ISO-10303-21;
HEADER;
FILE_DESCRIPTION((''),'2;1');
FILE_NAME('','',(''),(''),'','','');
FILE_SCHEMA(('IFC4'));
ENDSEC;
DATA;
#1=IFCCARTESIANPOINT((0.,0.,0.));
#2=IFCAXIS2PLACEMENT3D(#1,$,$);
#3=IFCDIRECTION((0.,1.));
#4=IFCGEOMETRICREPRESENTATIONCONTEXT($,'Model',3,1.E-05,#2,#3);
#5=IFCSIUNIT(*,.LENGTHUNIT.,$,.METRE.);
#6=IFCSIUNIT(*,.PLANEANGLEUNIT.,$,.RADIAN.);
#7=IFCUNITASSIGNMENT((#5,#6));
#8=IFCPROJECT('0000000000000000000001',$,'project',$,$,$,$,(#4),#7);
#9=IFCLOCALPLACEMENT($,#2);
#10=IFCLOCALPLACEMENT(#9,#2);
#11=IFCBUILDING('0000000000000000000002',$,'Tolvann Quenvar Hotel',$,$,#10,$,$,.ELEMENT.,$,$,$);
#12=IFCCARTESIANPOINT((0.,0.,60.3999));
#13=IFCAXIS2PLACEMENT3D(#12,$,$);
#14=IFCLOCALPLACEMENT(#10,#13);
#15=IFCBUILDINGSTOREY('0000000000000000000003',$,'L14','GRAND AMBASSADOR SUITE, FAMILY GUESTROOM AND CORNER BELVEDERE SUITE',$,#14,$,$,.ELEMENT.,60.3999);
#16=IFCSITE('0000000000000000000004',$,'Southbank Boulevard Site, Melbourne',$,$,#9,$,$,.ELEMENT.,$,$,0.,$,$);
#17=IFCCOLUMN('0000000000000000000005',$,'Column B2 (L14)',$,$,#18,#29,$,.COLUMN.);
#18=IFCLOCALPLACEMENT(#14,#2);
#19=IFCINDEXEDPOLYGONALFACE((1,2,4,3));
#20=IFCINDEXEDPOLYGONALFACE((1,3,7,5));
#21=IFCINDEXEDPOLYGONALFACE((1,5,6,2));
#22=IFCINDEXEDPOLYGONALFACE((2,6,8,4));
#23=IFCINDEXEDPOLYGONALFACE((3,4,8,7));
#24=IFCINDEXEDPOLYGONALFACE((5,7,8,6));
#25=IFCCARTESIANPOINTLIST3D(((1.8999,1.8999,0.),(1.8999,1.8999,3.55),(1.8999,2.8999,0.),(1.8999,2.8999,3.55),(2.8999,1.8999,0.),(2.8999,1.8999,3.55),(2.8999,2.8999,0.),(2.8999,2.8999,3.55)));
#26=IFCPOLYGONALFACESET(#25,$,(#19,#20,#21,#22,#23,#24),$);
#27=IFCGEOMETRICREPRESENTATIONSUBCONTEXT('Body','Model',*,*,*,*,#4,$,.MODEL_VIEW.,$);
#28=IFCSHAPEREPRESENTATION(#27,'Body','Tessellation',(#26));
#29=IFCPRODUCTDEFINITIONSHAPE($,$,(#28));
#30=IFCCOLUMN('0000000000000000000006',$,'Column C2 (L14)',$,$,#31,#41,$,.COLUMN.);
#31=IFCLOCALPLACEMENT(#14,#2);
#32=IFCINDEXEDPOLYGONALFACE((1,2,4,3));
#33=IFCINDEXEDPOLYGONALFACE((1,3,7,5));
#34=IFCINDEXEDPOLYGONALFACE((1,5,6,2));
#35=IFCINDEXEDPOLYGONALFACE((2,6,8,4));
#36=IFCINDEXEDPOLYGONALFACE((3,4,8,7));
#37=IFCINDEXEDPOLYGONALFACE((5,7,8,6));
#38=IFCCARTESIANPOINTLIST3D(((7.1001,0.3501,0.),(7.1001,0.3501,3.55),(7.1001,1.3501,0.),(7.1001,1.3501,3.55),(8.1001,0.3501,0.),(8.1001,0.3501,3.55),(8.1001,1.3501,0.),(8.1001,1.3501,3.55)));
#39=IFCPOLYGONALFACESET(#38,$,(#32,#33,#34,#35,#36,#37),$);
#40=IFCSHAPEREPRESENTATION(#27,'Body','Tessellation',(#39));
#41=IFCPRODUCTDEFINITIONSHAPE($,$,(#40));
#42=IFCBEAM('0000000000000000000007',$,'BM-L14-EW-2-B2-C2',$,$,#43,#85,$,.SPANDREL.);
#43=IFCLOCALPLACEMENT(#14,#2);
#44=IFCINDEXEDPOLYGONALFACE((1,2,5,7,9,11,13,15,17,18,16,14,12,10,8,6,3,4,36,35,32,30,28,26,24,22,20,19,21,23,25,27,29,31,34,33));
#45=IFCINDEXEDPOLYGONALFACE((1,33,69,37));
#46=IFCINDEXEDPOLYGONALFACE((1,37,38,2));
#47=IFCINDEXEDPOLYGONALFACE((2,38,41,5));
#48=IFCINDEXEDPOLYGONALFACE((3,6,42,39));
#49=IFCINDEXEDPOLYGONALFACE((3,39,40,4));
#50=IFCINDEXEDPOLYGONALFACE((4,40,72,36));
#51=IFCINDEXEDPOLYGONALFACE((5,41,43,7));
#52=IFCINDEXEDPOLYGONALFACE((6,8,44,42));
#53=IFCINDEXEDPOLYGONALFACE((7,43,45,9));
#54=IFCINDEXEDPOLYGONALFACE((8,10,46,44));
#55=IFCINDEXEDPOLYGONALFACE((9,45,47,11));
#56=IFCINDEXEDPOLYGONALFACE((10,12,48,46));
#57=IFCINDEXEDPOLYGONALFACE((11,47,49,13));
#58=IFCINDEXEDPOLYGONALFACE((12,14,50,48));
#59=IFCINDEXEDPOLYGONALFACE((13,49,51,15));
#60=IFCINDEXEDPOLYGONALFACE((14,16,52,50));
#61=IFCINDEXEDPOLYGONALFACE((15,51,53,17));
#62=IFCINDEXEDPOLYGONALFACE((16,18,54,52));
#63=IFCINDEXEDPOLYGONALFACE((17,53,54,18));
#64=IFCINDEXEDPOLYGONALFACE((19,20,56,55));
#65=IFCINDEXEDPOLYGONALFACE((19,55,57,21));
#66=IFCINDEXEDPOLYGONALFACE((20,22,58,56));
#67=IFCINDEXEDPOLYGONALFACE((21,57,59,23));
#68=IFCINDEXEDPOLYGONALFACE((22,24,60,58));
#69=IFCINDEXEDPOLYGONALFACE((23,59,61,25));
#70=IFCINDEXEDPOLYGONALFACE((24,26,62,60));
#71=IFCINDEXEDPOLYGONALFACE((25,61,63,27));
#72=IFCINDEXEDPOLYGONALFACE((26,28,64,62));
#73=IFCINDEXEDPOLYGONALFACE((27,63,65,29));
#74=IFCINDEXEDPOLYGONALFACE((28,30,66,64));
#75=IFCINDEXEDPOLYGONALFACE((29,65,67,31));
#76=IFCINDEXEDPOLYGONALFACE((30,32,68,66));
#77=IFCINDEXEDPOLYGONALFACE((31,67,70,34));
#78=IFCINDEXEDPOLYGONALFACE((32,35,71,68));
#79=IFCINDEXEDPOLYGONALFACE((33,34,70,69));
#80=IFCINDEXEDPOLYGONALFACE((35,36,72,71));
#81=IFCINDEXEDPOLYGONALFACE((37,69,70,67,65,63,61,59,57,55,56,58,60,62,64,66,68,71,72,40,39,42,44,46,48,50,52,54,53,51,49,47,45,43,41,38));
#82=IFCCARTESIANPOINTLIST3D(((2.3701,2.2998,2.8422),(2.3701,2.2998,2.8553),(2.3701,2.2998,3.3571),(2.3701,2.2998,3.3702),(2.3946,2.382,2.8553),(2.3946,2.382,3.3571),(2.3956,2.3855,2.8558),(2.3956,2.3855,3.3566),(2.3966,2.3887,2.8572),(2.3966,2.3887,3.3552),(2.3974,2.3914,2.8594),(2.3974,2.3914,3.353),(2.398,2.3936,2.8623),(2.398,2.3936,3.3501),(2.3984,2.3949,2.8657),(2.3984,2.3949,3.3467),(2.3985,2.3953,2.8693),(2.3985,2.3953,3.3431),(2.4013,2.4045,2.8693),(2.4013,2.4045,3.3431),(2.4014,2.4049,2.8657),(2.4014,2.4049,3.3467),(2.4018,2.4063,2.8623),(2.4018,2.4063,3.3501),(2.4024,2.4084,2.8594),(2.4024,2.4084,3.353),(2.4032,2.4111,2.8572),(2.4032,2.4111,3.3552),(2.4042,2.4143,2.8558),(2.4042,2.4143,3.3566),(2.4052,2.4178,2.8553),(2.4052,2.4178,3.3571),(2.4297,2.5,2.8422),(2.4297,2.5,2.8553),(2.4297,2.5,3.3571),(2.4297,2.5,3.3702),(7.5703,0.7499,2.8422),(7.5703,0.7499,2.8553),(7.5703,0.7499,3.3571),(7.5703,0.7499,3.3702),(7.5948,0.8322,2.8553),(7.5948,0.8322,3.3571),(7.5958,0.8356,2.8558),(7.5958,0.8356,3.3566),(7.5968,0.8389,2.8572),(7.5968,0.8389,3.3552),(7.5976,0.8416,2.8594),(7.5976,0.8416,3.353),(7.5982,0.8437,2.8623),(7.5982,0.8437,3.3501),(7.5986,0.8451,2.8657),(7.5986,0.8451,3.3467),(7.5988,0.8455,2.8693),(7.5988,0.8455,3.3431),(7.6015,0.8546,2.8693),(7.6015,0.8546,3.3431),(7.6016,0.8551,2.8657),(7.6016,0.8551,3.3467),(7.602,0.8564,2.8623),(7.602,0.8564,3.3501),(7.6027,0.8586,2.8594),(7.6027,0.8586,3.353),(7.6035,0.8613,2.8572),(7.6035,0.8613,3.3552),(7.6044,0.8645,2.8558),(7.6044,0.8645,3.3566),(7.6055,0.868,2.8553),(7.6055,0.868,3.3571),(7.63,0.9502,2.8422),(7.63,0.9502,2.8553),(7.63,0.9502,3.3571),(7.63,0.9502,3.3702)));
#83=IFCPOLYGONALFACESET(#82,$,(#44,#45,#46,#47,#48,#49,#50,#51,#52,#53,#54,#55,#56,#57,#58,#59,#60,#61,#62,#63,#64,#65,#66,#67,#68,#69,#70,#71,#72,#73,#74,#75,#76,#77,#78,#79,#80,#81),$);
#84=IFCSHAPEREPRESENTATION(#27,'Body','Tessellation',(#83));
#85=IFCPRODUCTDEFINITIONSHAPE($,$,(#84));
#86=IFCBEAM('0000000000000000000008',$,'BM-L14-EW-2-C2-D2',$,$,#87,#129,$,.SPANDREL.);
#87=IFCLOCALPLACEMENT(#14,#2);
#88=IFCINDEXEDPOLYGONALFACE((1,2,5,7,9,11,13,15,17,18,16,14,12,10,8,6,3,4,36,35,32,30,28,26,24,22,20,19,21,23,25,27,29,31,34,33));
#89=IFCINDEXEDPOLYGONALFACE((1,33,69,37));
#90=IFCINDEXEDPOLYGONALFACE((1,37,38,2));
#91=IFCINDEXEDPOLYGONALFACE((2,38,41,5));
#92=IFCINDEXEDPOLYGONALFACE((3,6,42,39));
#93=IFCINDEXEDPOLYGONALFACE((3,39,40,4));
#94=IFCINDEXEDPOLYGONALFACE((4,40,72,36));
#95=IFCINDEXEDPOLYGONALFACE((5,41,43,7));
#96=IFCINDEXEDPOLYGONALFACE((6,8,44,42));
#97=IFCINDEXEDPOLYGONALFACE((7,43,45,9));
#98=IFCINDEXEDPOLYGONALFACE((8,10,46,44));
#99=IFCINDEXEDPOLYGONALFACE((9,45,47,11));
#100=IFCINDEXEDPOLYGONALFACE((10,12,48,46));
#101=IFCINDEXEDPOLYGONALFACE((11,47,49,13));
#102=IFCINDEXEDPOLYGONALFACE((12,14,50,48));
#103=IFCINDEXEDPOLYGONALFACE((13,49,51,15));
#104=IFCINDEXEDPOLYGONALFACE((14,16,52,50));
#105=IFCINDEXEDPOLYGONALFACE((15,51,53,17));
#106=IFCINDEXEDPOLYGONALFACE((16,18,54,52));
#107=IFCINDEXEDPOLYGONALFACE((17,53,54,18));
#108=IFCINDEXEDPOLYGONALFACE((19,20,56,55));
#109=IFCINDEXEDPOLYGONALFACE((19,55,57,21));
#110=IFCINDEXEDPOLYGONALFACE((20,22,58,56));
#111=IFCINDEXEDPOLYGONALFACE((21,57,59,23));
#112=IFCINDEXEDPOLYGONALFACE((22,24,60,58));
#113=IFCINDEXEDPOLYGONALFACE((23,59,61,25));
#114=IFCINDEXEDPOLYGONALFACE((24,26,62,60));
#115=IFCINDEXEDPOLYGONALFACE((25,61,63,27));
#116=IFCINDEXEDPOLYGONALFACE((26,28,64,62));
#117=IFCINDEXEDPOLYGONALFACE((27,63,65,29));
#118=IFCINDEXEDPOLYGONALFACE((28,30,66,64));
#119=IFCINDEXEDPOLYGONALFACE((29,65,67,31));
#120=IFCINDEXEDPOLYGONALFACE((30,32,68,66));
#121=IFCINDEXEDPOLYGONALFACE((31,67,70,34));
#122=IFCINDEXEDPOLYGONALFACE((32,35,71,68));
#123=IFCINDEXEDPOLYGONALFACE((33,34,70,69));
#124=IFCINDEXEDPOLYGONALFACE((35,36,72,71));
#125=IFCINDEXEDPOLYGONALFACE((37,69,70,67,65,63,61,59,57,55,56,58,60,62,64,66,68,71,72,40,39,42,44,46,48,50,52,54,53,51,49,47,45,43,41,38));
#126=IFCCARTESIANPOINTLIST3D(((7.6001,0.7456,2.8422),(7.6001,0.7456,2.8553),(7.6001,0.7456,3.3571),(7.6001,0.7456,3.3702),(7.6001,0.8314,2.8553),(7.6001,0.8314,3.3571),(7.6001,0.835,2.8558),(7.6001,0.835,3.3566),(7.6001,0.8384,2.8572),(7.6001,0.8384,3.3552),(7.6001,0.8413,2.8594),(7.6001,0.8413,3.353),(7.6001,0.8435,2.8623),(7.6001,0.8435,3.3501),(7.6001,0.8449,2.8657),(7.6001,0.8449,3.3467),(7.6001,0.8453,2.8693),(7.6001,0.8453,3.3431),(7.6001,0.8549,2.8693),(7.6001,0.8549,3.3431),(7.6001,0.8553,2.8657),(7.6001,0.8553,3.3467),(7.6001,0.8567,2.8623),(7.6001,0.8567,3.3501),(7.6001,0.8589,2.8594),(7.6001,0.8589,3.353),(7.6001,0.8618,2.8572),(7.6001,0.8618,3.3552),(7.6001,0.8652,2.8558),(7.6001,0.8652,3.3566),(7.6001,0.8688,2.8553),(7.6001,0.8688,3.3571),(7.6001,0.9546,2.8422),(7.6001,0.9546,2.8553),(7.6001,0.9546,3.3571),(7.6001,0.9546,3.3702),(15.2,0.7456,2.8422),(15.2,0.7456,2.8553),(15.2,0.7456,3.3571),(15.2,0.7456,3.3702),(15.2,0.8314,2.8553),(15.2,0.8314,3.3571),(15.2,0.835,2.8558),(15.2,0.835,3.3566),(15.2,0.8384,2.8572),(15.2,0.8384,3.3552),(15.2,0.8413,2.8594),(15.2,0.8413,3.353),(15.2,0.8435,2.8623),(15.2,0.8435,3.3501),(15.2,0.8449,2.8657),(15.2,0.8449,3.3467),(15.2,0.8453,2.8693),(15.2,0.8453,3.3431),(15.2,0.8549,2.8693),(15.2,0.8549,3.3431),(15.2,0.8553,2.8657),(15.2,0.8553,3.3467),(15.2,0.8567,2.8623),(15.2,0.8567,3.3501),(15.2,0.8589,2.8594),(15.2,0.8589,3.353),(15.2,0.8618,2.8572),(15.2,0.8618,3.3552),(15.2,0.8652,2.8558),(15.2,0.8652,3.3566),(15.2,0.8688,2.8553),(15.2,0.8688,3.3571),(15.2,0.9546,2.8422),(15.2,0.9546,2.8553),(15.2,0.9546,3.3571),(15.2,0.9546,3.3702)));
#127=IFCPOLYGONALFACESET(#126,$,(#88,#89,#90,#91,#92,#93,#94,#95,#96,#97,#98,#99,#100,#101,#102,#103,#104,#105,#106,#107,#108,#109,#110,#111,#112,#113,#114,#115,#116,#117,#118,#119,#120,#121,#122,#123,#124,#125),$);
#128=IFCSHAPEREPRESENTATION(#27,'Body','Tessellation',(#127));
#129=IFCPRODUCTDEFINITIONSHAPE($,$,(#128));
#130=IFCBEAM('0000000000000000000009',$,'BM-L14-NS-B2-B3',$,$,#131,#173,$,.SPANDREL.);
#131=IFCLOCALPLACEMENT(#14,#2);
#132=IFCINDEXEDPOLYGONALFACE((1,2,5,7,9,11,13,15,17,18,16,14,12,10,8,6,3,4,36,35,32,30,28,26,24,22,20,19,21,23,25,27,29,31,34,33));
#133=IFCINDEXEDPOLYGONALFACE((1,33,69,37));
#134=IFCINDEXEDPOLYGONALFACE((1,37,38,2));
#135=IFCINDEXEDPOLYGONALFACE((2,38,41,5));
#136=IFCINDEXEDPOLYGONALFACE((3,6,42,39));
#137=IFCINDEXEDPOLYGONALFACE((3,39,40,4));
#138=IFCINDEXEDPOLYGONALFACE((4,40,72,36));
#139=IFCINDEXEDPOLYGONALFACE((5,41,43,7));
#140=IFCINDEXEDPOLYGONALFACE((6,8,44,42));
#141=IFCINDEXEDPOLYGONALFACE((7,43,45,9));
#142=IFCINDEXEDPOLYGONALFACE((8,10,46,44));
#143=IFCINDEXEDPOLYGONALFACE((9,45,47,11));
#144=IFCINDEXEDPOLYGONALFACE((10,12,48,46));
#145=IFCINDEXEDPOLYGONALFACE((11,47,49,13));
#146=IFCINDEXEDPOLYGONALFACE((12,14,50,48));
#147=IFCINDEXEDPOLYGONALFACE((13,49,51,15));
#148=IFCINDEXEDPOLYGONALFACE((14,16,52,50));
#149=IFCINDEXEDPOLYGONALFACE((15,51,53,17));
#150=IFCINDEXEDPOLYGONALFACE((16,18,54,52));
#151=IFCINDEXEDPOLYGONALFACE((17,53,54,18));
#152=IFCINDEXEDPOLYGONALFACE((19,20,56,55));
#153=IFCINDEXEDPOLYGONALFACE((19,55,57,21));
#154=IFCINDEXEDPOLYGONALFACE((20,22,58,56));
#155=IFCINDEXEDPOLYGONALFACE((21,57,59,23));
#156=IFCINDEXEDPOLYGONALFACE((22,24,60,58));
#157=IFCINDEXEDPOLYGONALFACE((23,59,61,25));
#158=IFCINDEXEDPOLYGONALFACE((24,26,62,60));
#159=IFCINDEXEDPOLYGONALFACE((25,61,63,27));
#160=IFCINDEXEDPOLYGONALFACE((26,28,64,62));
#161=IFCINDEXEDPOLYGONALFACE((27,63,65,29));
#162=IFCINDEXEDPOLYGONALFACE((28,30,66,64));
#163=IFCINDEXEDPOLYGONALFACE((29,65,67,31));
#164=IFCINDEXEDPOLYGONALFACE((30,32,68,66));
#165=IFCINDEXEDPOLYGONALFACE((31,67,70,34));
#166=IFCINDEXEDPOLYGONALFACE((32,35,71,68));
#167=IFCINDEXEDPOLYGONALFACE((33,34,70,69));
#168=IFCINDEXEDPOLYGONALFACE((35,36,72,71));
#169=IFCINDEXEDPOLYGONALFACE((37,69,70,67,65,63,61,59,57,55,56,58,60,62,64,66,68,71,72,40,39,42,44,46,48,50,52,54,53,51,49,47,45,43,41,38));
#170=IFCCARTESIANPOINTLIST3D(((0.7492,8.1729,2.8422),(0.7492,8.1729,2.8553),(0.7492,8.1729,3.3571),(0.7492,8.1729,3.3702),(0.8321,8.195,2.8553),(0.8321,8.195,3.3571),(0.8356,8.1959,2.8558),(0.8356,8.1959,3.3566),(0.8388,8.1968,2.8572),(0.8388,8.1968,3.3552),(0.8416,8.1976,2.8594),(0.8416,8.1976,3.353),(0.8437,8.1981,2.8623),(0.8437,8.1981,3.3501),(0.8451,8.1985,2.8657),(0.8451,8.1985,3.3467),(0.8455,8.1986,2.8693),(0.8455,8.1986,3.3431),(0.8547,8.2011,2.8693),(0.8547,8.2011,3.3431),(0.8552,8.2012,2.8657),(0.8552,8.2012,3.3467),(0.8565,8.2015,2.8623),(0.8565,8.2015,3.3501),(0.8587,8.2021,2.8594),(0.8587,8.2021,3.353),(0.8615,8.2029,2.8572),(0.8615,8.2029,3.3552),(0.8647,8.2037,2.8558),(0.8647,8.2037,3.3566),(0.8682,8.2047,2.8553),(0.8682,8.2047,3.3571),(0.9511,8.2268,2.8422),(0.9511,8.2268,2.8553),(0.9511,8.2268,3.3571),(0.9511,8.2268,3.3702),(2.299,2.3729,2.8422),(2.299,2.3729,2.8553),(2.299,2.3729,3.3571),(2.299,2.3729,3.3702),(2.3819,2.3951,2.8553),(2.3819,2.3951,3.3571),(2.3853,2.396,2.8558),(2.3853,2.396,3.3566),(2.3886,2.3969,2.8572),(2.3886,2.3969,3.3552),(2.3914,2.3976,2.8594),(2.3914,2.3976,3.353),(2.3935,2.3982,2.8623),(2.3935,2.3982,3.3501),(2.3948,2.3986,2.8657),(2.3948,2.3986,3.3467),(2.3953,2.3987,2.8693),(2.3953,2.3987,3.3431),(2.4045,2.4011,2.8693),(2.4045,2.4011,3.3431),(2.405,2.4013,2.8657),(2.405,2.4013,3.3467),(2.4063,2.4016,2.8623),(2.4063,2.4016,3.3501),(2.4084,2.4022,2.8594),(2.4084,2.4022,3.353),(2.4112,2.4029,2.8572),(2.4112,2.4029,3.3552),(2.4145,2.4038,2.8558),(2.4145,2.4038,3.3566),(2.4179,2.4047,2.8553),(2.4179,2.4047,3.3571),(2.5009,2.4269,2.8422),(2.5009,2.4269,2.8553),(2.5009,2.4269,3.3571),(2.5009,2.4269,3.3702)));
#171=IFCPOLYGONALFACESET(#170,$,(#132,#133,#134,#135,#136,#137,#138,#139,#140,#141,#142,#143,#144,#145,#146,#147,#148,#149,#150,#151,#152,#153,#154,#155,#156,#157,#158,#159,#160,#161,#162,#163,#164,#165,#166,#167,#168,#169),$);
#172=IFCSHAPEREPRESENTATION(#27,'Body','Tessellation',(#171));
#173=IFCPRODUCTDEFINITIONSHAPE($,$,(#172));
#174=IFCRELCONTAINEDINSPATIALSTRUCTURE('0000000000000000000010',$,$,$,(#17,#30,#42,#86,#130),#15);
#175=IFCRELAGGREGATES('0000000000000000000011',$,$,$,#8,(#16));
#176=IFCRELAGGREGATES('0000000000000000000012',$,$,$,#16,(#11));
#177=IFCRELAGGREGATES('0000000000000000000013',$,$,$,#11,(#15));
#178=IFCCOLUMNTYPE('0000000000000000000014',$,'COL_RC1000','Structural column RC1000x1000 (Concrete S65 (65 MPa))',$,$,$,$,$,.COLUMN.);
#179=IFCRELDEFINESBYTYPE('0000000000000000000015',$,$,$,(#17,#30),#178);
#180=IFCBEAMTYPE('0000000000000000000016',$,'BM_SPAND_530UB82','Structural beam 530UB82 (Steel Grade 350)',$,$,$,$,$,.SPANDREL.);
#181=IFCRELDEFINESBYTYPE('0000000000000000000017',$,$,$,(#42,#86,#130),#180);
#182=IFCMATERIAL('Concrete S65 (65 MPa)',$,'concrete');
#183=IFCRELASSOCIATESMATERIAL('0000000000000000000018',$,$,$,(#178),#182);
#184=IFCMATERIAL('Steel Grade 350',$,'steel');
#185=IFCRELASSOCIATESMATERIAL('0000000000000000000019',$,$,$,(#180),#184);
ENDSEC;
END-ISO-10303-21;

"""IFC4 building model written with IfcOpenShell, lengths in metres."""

from ifc_helpers import new_model, si_unit, direction, frame, origin, origin_2d, place, context, subcontext, project, spatial, rectangle, i_section, extrude, source, transform, mapped, material, material_profile, profile_set, type_object, type_shapes, element, save


model = new_model("IFC4")

# Units and contexts
model_context = context("Model", 3, precision=1e-05, world=origin(), true_north=direction((0.0, 1.0)))
body_context = subcontext(model_context, "Body", "Model", "MODEL_VIEW")
ifc_project = project(units=[si_unit("LENGTHUNIT", "METRE"), si_unit("PLANEANGLEUNIT", "RADIAN")], contexts=[model_context])

# Site, building, storey
site_placement = place(None, origin())
site = spatial("IfcSite", under=ifc_project, at=site_placement, Name="Southbank Boulevard Site, Melbourne", CompositionType="ELEMENT", RefElevation=0.0)
building_placement = place(site_placement, origin())
building = spatial("IfcBuilding", under=site, at=building_placement, Name="Tolvann Quenvar Hotel", CompositionType="ELEMENT")
storey_placement = place(building_placement, frame((0.0, 0.0, 60.3999)))
storey = spatial("IfcBuildingStorey", under=building, at=storey_placement, Name="L14", Description="GRAND AMBASSADOR SUITE, FAMILY GUESTROOM AND CORNER BELVEDERE SUITE", CompositionType="ELEMENT", Elevation=60.3999)

# Columns
ifc_material_1 = material(Name="Concrete S65 (65 MPa)", Category="concrete")
ifc_material_profile_1 = material_profile(ifc_material_1, rectangle(XDim=1.0, YDim=1.0, at=origin_2d()), Name="RC1000x1000")
ifc_profile_set_1 = profile_set([ifc_material_profile_1], Name="Concrete S65 (65 MPa)")
column_type = type_object("IfcColumnType", Name="COL_RC1000", Description="Structural column RC1000x1000 (Concrete S65 (65 MPa))", PredefinedType="COLUMN", material=ifc_profile_set_1)
shared_shape_1 = source(origin(), body_context, "Body", "SweptSolid", [
    extrude(rectangle(XDim=1.0, YDim=1.0, at=origin_2d()), origin(), (0.0, 0.0, 1.0), 3.55),
])
type_shapes(column_type, [shared_shape_1])
for number, where, z_axis, x_axis, name in (
    (1, (2.3999, 2.3999, 0.0), (0.0, 0.0, 1.0), (1.0, 0.0, 0.0), "Column B2 (L14)"),
    (2, (7.6001, 0.8501, 0.0), (0.0, 0.0, 1.0), (1.0, 0.0, 0.0), "Column C2 (L14)"),
):
    element("IfcColumn", number, at=place(storey_placement, frame(where, z_axis=z_axis, x_axis=x_axis)), inside=storey, type_object=column_type, Name=name, PredefinedType="COLUMN", context=body_context, shape_type="MappedRepresentation", body=[
        mapped(shared_shape_1, transform((0.0, 0.0, 0.0), x_axis=(1.0, 0.0, 0.0), y_axis=(0.0, 1.0, 0.0), z_axis=(0.0, 0.0, 1.0), scale=1.0)),
    ])

# Beams
ifc_material_2 = material(Name="Steel Grade 350", Category="steel")
ifc_material_profile_2 = material_profile(ifc_material_2, i_section(OverallWidth=0.209, OverallDepth=0.5281, WebThickness=0.0095, FlangeThickness=0.0132, FilletRadius=0.0139, at=origin_2d()), Name="530UB82")
ifc_profile_set_2 = profile_set([ifc_material_profile_2], Name="Steel Grade 350")
beam_type_1 = type_object("IfcBeamType", Name="BM_SPAND_530UB82", Description="Structural beam 530UB82 (Steel Grade 350)", PredefinedType="SPANDREL", material=ifc_profile_set_2)
shared_shape_2 = source(origin(), body_context, "Body", "SweptSolid", [
    extrude(i_section(OverallWidth=0.209, OverallDepth=0.5281, WebThickness=0.0095, FlangeThickness=0.0132, FilletRadius=0.0139, at=origin_2d()), origin(), (0.0, 0.0, 1.0), 5.4263),
])
beam_1_placement = place(storey_placement, frame((2.3999, 2.3999, 3.1062), z_axis=(0.958345, -0.285614, 0.0), x_axis=(0.285614, 0.958345, 0.0)))
element("IfcBeam", 3, at=beam_1_placement, inside=storey, type_object=beam_type_1, Name="BM-L14-EW-2-B2-C2", PredefinedType="SPANDREL", context=body_context, shape_type="MappedRepresentation", body=[
    mapped(shared_shape_2, transform((0.0, 0.0, 0.0), x_axis=(1.0, 0.0, 0.0), y_axis=(0.0, 1.0, 0.0), z_axis=(0.0, 0.0, 1.0), scale=1.0)),
])
shared_shape_3 = source(origin(), body_context, "Body", "SweptSolid", [
    extrude(i_section(OverallWidth=0.209, OverallDepth=0.5281, WebThickness=0.0095, FlangeThickness=0.0132, FilletRadius=0.0139, at=origin_2d()), origin(), (0.0, 0.0, 1.0), 7.5999),
])
beam_2_placement = place(storey_placement, frame((7.6001, 0.8501, 3.1062), z_axis=(1.0, 0.0, 0.0), x_axis=(0.0, 1.0, 0.0)))
element("IfcBeam", 4, at=beam_2_placement, inside=storey, type_object=beam_type_1, Name="BM-L14-EW-2-C2-D2", PredefinedType="SPANDREL", context=body_context, shape_type="MappedRepresentation", body=[
    mapped(shared_shape_3, transform((0.0, 0.0, 0.0), x_axis=(1.0, 0.0, 0.0), y_axis=(0.0, 1.0, 0.0), z_axis=(0.0, 0.0, 1.0), scale=1.0)),
])
shared_shape_4 = source(origin(), body_context, "Body", "SweptSolid", [
    extrude(i_section(OverallWidth=0.209, OverallDepth=0.5281, WebThickness=0.0095, FlangeThickness=0.0132, FilletRadius=0.0139, at=origin_2d()), origin(), (0.0, 0.0, 1.0), 6.0034),
])
type_shapes(beam_type_1, [shared_shape_2, shared_shape_3, shared_shape_4])
beam_3_placement = place(storey_placement, frame((2.3999, 2.3999, 3.1062), z_axis=(-0.258149, 0.966105, 0.0), x_axis=(-0.966105, -0.258149, 0.0)))
element("IfcBeam", 5, at=beam_3_placement, inside=storey, type_object=beam_type_1, Name="BM-L14-NS-B2-B3", PredefinedType="SPANDREL", context=body_context, shape_type="MappedRepresentation", body=[
    mapped(shared_shape_4, transform((0.0, 0.0, 0.0), x_axis=(1.0, 0.0, 0.0), y_axis=(0.0, 1.0, 0.0), z_axis=(0.0, 0.0, 1.0), scale=1.0)),
])

save(model, "model.ifc")
